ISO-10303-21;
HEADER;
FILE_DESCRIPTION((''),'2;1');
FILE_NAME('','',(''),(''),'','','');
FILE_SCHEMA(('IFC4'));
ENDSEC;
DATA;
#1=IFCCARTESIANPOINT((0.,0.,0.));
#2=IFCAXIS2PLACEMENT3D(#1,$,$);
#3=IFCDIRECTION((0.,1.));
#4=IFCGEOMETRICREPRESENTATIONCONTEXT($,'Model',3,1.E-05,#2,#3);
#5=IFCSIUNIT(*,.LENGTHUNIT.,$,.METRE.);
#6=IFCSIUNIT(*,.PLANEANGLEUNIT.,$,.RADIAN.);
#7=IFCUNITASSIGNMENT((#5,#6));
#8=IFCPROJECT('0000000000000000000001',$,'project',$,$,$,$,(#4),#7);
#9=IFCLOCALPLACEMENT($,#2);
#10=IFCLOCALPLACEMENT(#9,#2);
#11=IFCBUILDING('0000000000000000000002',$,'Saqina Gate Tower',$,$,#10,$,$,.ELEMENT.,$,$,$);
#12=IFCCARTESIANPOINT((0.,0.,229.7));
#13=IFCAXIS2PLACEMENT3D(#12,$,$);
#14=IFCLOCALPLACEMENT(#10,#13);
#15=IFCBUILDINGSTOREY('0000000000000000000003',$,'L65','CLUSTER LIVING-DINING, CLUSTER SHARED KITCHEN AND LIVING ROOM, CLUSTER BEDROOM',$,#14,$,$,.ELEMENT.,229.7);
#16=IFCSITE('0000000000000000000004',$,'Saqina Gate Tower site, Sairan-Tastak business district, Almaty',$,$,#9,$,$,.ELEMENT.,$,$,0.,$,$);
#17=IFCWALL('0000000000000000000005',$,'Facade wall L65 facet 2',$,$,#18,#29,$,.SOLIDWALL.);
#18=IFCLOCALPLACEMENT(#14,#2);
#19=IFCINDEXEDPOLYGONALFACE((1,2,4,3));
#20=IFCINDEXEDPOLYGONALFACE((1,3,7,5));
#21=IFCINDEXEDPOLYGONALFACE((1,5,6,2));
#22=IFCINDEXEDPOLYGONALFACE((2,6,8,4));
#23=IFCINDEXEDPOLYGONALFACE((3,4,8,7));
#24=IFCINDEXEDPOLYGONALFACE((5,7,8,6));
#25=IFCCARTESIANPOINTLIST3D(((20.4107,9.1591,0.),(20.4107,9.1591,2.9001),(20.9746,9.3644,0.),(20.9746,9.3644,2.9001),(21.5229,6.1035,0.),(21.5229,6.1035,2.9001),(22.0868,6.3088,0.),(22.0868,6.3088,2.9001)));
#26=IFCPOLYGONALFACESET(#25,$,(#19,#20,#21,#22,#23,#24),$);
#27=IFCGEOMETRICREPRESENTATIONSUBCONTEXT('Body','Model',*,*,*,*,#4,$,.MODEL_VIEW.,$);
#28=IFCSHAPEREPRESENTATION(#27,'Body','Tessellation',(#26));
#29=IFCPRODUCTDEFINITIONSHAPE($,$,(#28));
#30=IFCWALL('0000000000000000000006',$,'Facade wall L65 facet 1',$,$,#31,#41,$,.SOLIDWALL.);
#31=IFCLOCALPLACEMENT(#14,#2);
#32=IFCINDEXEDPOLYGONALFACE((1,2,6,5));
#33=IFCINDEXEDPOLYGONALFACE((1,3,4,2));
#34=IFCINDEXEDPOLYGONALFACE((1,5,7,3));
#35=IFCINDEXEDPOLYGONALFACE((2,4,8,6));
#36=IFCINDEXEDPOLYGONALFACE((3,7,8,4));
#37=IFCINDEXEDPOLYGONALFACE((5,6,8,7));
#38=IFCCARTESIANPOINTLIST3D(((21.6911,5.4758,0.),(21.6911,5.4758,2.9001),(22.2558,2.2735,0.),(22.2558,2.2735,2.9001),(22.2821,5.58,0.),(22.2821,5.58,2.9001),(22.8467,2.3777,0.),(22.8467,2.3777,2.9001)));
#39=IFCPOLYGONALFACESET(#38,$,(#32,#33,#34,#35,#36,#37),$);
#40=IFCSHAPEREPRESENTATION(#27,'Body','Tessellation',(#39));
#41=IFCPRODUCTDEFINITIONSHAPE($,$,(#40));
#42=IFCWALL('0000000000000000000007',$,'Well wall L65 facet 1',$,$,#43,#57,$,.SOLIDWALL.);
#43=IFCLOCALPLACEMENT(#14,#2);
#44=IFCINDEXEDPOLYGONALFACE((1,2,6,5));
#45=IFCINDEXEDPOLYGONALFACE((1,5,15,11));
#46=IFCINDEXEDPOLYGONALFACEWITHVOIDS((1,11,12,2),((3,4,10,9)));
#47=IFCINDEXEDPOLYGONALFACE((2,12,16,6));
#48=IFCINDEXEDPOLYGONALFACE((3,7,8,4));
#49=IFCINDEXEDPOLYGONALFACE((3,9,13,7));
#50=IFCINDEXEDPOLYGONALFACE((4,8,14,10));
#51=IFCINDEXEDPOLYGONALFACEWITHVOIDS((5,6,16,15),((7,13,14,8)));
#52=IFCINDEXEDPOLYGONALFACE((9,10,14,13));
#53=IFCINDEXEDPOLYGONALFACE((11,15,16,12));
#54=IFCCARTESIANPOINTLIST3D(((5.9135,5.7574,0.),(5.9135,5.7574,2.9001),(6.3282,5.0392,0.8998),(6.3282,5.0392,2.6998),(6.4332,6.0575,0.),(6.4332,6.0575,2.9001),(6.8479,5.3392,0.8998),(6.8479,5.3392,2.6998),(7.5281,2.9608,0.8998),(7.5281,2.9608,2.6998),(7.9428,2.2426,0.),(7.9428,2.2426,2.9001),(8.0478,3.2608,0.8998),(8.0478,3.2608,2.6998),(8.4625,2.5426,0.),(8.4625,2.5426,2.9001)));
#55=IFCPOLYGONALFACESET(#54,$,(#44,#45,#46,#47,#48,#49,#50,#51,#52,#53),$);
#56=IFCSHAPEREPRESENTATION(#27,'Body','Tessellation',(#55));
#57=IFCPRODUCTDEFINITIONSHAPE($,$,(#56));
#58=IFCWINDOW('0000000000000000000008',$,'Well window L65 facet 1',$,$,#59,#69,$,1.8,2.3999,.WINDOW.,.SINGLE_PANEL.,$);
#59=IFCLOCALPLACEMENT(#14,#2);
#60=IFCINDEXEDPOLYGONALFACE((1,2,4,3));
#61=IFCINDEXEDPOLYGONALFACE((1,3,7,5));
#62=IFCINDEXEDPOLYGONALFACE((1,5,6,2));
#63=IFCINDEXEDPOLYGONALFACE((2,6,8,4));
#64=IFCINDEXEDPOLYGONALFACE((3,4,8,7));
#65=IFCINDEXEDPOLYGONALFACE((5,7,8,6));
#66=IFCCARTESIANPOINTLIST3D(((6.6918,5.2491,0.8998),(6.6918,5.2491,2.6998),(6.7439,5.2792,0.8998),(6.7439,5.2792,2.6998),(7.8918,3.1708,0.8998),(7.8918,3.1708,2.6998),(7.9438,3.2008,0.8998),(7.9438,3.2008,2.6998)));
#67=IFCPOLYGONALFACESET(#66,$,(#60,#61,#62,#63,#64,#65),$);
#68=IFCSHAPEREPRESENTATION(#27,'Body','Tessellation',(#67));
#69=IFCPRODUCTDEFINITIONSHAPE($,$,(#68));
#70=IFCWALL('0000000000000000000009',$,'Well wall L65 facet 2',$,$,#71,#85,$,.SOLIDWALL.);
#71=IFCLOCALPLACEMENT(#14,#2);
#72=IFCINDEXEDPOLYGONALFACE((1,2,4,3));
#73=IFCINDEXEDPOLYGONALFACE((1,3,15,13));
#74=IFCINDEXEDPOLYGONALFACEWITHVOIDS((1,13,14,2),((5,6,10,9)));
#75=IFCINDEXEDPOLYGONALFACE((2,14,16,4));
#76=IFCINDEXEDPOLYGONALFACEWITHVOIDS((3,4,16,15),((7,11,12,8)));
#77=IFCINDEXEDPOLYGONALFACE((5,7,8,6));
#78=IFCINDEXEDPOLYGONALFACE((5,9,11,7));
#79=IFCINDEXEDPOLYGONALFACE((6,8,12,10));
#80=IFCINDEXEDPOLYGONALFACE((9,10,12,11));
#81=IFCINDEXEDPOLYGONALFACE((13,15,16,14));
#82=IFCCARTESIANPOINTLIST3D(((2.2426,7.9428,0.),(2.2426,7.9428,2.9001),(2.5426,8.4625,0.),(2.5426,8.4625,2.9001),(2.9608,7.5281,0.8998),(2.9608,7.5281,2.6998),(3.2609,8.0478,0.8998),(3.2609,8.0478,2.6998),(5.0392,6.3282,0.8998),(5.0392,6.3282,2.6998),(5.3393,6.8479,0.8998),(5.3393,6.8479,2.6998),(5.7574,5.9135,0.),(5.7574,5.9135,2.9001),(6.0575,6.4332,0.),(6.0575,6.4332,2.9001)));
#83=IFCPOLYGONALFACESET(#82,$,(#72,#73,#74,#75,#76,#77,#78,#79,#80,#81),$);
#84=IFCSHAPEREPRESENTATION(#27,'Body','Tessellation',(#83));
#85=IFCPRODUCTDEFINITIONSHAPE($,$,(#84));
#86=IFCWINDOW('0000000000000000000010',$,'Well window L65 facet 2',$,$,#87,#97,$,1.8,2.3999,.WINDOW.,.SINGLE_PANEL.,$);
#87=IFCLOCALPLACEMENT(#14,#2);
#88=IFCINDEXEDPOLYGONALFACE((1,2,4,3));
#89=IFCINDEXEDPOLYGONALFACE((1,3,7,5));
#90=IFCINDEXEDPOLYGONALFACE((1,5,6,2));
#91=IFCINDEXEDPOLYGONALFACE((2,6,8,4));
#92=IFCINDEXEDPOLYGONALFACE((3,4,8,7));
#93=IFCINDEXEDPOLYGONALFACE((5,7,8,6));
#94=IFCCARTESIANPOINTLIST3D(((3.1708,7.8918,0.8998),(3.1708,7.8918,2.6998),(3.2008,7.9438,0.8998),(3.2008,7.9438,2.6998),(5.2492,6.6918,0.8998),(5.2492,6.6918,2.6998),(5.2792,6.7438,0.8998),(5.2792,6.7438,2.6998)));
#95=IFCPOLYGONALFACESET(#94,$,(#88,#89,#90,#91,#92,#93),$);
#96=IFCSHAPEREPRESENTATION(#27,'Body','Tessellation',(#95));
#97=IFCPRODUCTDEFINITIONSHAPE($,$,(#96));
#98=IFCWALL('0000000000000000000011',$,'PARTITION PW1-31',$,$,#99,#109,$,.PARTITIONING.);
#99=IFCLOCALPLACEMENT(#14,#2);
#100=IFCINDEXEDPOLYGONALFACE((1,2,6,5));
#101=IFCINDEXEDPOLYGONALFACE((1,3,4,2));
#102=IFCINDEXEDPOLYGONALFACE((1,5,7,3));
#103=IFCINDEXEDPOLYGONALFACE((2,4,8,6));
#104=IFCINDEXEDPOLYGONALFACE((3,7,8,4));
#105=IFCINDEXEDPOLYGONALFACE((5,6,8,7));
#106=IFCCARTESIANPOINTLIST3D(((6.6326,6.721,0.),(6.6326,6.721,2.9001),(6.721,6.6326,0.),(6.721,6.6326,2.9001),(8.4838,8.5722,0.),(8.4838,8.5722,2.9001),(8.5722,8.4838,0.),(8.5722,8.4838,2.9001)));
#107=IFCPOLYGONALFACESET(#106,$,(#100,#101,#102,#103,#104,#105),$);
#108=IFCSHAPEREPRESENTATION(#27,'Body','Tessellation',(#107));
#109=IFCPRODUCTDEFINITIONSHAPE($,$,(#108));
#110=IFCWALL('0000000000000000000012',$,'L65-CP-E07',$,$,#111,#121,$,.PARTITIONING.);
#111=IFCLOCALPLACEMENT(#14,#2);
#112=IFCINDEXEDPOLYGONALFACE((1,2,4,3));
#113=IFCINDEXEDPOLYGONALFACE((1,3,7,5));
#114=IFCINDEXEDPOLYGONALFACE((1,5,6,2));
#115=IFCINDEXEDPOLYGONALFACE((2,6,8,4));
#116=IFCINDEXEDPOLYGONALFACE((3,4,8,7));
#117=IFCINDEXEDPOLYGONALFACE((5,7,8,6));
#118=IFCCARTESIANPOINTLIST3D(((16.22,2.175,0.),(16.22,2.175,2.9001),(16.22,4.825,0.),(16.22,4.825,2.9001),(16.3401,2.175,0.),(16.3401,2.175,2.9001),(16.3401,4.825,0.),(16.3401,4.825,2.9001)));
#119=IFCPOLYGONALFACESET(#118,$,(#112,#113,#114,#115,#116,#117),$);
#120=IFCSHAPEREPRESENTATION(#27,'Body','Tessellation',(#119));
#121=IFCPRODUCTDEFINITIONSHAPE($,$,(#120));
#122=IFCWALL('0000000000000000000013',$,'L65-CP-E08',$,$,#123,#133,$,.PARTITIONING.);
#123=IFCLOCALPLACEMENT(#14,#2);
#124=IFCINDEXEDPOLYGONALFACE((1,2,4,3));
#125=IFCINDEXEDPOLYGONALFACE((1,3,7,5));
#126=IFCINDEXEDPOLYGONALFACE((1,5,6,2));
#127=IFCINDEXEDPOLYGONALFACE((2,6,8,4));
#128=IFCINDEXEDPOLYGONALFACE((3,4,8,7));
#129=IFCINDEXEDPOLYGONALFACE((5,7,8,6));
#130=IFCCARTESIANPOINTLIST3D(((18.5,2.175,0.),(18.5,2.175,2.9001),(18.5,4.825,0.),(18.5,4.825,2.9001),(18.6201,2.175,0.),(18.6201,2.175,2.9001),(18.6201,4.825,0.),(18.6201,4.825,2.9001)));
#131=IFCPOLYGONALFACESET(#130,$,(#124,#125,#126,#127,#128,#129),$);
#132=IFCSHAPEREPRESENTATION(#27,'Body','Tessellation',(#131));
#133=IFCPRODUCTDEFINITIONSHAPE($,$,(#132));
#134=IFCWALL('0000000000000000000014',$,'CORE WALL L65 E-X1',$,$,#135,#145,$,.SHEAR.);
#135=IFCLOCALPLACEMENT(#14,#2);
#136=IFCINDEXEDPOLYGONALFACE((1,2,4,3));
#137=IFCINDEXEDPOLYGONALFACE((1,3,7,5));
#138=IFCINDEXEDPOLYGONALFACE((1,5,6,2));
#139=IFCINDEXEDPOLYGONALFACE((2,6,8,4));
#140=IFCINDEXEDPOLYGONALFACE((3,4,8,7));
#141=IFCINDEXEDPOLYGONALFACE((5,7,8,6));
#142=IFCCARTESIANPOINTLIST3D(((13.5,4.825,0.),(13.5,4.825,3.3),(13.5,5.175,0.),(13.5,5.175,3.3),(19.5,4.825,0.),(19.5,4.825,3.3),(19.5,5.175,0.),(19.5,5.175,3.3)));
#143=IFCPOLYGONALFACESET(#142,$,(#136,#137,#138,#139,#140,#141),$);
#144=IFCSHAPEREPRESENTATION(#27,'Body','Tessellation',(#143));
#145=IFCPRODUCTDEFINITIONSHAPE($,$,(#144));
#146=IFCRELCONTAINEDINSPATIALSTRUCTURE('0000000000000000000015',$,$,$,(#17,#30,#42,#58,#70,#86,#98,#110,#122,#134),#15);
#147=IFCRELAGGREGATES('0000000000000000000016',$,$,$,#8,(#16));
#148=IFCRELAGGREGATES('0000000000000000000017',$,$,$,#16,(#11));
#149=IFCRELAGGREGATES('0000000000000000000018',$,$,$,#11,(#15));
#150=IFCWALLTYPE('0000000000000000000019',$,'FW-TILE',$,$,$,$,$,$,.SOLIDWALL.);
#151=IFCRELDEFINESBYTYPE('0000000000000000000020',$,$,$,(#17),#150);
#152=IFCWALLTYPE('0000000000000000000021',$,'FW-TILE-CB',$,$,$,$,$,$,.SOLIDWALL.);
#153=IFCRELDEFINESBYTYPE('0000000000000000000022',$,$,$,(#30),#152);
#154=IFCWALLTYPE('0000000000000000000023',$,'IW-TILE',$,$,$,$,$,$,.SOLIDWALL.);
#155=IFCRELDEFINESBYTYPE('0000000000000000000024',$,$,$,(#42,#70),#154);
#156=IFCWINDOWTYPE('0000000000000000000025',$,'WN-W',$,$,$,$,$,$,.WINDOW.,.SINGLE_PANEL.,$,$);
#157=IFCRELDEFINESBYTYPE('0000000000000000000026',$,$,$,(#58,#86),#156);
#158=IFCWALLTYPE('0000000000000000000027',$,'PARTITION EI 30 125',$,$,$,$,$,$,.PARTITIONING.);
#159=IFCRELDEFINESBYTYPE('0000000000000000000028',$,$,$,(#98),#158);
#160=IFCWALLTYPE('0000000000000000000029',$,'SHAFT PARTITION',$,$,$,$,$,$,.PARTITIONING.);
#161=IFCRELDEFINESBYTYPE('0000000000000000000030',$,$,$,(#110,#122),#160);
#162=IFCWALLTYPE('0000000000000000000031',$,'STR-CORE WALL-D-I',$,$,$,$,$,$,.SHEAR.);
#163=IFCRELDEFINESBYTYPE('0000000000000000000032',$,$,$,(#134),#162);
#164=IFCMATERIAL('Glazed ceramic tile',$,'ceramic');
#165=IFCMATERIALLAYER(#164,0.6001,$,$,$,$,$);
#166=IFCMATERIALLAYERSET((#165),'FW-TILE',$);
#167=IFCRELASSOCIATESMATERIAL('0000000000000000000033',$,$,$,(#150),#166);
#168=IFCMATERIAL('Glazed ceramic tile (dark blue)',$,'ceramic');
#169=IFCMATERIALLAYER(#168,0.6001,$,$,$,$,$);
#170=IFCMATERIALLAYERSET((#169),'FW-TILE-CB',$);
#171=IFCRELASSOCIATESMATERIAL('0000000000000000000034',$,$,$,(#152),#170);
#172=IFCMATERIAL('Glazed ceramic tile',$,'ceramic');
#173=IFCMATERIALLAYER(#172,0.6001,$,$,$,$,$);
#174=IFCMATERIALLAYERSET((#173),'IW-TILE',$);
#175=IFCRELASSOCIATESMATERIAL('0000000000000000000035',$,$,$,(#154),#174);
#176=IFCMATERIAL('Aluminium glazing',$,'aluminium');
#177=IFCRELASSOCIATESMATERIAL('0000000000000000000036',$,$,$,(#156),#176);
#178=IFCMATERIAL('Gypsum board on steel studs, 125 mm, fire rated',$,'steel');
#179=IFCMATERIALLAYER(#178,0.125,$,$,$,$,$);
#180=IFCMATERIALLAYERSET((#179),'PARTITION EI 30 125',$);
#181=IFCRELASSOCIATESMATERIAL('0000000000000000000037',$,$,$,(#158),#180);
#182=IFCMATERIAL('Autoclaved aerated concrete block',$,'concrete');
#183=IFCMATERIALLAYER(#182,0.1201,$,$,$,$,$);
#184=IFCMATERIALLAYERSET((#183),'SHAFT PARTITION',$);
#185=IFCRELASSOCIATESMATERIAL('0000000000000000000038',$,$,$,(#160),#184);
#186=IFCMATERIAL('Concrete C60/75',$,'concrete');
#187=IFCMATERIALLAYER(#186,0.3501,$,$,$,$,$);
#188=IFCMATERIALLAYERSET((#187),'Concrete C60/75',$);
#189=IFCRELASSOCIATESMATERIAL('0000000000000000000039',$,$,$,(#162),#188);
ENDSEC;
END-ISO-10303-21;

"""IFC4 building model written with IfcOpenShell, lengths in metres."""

from ifc_helpers import new_model, si_unit, direction, frame, frame_2d, origin, place, context, subcontext, project, spatial, rectangle, extrude, material, layer, layer_set, type_object, element, fill, save


model = new_model("IFC4")

# Units and contexts
model_context = context("Model", 3, precision=1e-05, world=origin(), true_north=direction((0.0, 1.0)))
body_context = subcontext(model_context, "Body", "Model", "MODEL_VIEW")
ifc_project = project(units=[si_unit("LENGTHUNIT", "METRE"), si_unit("PLANEANGLEUNIT", "RADIAN")], contexts=[model_context])

# Site, building, storey
site_placement = place(None, origin())
site = spatial("IfcSite", under=ifc_project, at=site_placement, Name="Saqina Gate Tower site, Sairan-Tastak business district, Almaty", CompositionType="ELEMENT", RefElevation=0.0)
building_placement = place(site_placement, origin())
building = spatial("IfcBuilding", under=site, at=building_placement, Name="Saqina Gate Tower", CompositionType="ELEMENT")
storey_placement = place(building_placement, frame((0.0, 0.0, 229.7)))
storey = spatial("IfcBuildingStorey", under=building, at=storey_placement, Name="L65", Description="CLUSTER LIVING-DINING, CLUSTER SHARED KITCHEN AND LIVING ROOM, CLUSTER BEDROOM", CompositionType="ELEMENT", Elevation=229.7)

# Walls
ifc_material_1 = material(Name="Glazed ceramic tile", Category="ceramic")
ifc_layer_1 = layer(ifc_material_1, 0.6001)
ifc_layer_set_1 = layer_set([ifc_layer_1], Name="FW-TILE")
wall_type_1 = type_object("IfcWallType", Name="FW-TILE", PredefinedType="SOLIDWALL", material=ifc_layer_set_1)
wall_1_placement = place(storey_placement, frame((21.8049, 6.2061, 0.0), z_axis=(0.0, 0.0, 1.0), x_axis=(-0.342057, 0.939679, 0.0)))
element("IfcWall", 1, at=wall_1_placement, inside=storey, type_object=wall_type_1, Name="Facade wall L65 facet 2", PredefinedType="SOLIDWALL", context=body_context, shape_type="SweptSolid", body=[
    extrude(rectangle(XDim=3.2517, YDim=0.6001, at=frame_2d((1.626, 0.0))), origin(), (0.0, 0.0, 1.0), 2.9001),
])
ifc_material_2 = material(Name="Glazed ceramic tile (dark blue)", Category="ceramic")
ifc_layer_2 = layer(ifc_material_2, 0.6001)
ifc_layer_set_2 = layer_set([ifc_layer_2], Name="FW-TILE-CB")
wall_type_2 = type_object("IfcWallType", Name="FW-TILE-CB", PredefinedType="SOLIDWALL", material=ifc_layer_set_2)
wall_2_placement = place(storey_placement, frame((22.5513, 2.3254, 0.0), z_axis=(0.0, 0.0, 1.0), x_axis=(-0.173657, 0.984806, 0.0)))
element("IfcWall", 2, at=wall_2_placement, inside=storey, type_object=wall_type_2, Name="Facade wall L65 facet 1", PredefinedType="SOLIDWALL", context=body_context, shape_type="SweptSolid", body=[
    extrude(rectangle(XDim=3.2517, YDim=0.6001, at=frame_2d((1.626, 0.0))), origin(), (0.0, 0.0, 1.0), 2.9001),
])

# Walls, openings, windows
ifc_material_3 = material(Name="Glazed ceramic tile", Category="ceramic")
ifc_layer_3 = layer(ifc_material_3, 0.6001)
ifc_layer_set_3 = layer_set([ifc_layer_3], Name="IW-TILE")
wall_type_3 = type_object("IfcWallType", Name="IW-TILE", PredefinedType="SOLIDWALL", material=ifc_layer_set_3)
wall_3_placement = place(storey_placement, frame((8.2026, 2.3926, 0.0), z_axis=(0.0, 0.0, 1.0), x_axis=(-0.499995, 0.866028, 0.0)))
wall_3 = element("IfcWall", 3, at=wall_3_placement, inside=storey, type_object=wall_type_3, Name="Well wall L65 facet 1", PredefinedType="SOLIDWALL", context=body_context, shape_type="SweptSolid", body=[
    extrude(rectangle(XDim=4.0586, YDim=0.6001, at=frame_2d((2.0293, 0.0))), origin(), (0.0, 0.0, 1.0), 2.9001),
])
opening_1_placement = place(wall_3_placement, frame((0.8293, 0.0, 0.8999)))
opening_1 = element("IfcOpeningElement", 4, at=opening_1_placement, cuts=wall_3, PredefinedType="OPENING", context=body_context, shape_type="SweptSolid", body=[
    extrude(rectangle(XDim=2.3999, YDim=1.8, at=frame_2d((1.2, 0.8999))), frame((0.0, 0.312, 0.0), z_axis=(0.0, -1.0, 0.0), x_axis=(1.0, 0.0, 0.0)), (0.0, 0.0, 1.0), 0.624),
])
ifc_material_4 = material(Name="Aluminium glazing", Category="aluminium")
window_type = type_object("IfcWindowType", Name="WN-W", PartitioningType="SINGLE_PANEL", PredefinedType="WINDOW", material=ifc_material_4)
window_1_placement = place(opening_1_placement, origin())
window_1 = element("IfcWindow", 5, at=window_1_placement, inside=storey, type_object=window_type, Name="Well window L65 facet 1", OverallHeight=1.8, OverallWidth=2.3999, PartitioningType="SINGLE_PANEL", PredefinedType="WINDOW", context=body_context, shape_type="SweptSolid", body=[
    extrude(rectangle(XDim=2.3999, YDim=1.8, at=frame_2d((1.2, 0.8999))), frame((0.0, -0.1199, 0.0), z_axis=(0.0, -1.0, 0.0), x_axis=(1.0, 0.0, 0.0)), (0.0, 0.0, 1.0), 0.0601),
])
fill(opening_1, window_1)
wall_4_placement = place(storey_placement, frame((5.9075, 6.1733, 0.0), z_axis=(0.0, 0.0, 1.0), x_axis=(-0.866028, 0.499995, 0.0)))
wall_4 = element("IfcWall", 6, at=wall_4_placement, inside=storey, type_object=wall_type_3, Name="Well wall L65 facet 2", PredefinedType="SOLIDWALL", context=body_context, shape_type="SweptSolid", body=[
    extrude(rectangle(XDim=4.0586, YDim=0.6001, at=frame_2d((2.0293, 0.0))), origin(), (0.0, 0.0, 1.0), 2.9001),
])
opening_2_placement = place(wall_4_placement, frame((0.8293, 0.0, 0.8999)))
opening_2 = element("IfcOpeningElement", 7, at=opening_2_placement, cuts=wall_4, PredefinedType="OPENING", context=body_context, shape_type="SweptSolid", body=[
    extrude(rectangle(XDim=2.3999, YDim=1.8, at=frame_2d((1.2, 0.8999))), frame((0.0, 0.312, 0.0), z_axis=(0.0, -1.0, 0.0), x_axis=(1.0, 0.0, 0.0)), (0.0, 0.0, 1.0), 0.624),
])
window_2_placement = place(opening_2_placement, origin())
window_2 = element("IfcWindow", 8, at=window_2_placement, inside=storey, type_object=window_type, Name="Well window L65 facet 2", OverallHeight=1.8, OverallWidth=2.3999, PartitioningType="SINGLE_PANEL", PredefinedType="WINDOW", context=body_context, shape_type="SweptSolid", body=[
    extrude(rectangle(XDim=2.3999, YDim=1.8, at=frame_2d((1.2, 0.8999))), frame((0.0, -0.1199, 0.0), z_axis=(0.0, -1.0, 0.0), x_axis=(1.0, 0.0, 0.0)), (0.0, 0.0, 1.0), 0.0601),
])
fill(opening_2, window_2)

# Walls
ifc_material_5 = material(Name="Gypsum board on steel studs, 125 mm, fire rated", Category="steel")
ifc_layer_4 = layer(ifc_material_5, 0.125)
ifc_layer_set_4 = layer_set([ifc_layer_4], Name="PARTITION EI 30 125")
wall_type_4 = type_object("IfcWallType", Name="PARTITION EI 30 125", PredefinedType="PARTITIONING", material=ifc_layer_set_4)
wall_5_placement = place(storey_placement, frame((6.6768, 6.6768, 0.0), z_axis=(0.0, 0.0, 1.0), x_axis=(0.707107, 0.707107, 0.0)))
element("IfcWall", 9, at=wall_5_placement, inside=storey, type_object=wall_type_4, Name="PARTITION PW1-31", PredefinedType="PARTITIONING", context=body_context, shape_type="SweptSolid", body=[
    extrude(rectangle(XDim=2.6179, YDim=0.125, at=frame_2d((1.3091, 0.0))), origin(), (0.0, 0.0, 1.0), 2.9001),
])
ifc_material_6 = material(Name="Autoclaved aerated concrete block", Category="concrete")
ifc_layer_5 = layer(ifc_material_6, 0.1201)
ifc_layer_set_5 = layer_set([ifc_layer_5], Name="SHAFT PARTITION")
wall_type_5 = type_object("IfcWallType", Name="SHAFT PARTITION", PredefinedType="PARTITIONING", material=ifc_layer_set_5)
for number, where, z_axis, x_axis, name in (
    (10, (16.28, 2.175, 0.0), (0.0, 0.0, 1.0), (0.0, 1.0, 0.0), "L65-CP-E07"),
    (11, (18.5601, 2.175, 0.0), (0.0, 0.0, 1.0), (0.0, 1.0, 0.0), "L65-CP-E08"),
):
    element("IfcWall", number, at=place(storey_placement, frame(where, z_axis=z_axis, x_axis=x_axis)), inside=storey, type_object=wall_type_5, Name=name, PredefinedType="PARTITIONING", context=body_context, shape_type="SweptSolid", body=[
        extrude(rectangle(XDim=2.6499, YDim=0.1201, at=frame_2d((1.325, 0.0))), origin(), (0.0, 0.0, 1.0), 2.9001),
    ])
ifc_material_7 = material(Name="Concrete C60/75", Category="concrete")
ifc_layer_6 = layer(ifc_material_7, 0.3501)
ifc_layer_set_6 = layer_set([ifc_layer_6], Name="Concrete C60/75")
wall_type_6 = type_object("IfcWallType", Name="STR-CORE WALL-D-I", PredefinedType="SHEAR", material=ifc_layer_set_6)
wall_6_placement = place(storey_placement, frame((13.5, 5.0, 0.0), z_axis=(0.0, 0.0, 1.0), x_axis=(1.0, 0.0, 0.0)))
element("IfcWall", 12, at=wall_6_placement, inside=storey, type_object=wall_type_6, Name="CORE WALL L65 E-X1", PredefinedType="SHEAR", context=body_context, shape_type="SweptSolid", body=[
    extrude(rectangle(XDim=6.0, YDim=0.3501, at=frame_2d((3.0, 0.0))), origin(), (0.0, 0.0, 1.0), 3.3),
])

save(model, "model.ifc")
